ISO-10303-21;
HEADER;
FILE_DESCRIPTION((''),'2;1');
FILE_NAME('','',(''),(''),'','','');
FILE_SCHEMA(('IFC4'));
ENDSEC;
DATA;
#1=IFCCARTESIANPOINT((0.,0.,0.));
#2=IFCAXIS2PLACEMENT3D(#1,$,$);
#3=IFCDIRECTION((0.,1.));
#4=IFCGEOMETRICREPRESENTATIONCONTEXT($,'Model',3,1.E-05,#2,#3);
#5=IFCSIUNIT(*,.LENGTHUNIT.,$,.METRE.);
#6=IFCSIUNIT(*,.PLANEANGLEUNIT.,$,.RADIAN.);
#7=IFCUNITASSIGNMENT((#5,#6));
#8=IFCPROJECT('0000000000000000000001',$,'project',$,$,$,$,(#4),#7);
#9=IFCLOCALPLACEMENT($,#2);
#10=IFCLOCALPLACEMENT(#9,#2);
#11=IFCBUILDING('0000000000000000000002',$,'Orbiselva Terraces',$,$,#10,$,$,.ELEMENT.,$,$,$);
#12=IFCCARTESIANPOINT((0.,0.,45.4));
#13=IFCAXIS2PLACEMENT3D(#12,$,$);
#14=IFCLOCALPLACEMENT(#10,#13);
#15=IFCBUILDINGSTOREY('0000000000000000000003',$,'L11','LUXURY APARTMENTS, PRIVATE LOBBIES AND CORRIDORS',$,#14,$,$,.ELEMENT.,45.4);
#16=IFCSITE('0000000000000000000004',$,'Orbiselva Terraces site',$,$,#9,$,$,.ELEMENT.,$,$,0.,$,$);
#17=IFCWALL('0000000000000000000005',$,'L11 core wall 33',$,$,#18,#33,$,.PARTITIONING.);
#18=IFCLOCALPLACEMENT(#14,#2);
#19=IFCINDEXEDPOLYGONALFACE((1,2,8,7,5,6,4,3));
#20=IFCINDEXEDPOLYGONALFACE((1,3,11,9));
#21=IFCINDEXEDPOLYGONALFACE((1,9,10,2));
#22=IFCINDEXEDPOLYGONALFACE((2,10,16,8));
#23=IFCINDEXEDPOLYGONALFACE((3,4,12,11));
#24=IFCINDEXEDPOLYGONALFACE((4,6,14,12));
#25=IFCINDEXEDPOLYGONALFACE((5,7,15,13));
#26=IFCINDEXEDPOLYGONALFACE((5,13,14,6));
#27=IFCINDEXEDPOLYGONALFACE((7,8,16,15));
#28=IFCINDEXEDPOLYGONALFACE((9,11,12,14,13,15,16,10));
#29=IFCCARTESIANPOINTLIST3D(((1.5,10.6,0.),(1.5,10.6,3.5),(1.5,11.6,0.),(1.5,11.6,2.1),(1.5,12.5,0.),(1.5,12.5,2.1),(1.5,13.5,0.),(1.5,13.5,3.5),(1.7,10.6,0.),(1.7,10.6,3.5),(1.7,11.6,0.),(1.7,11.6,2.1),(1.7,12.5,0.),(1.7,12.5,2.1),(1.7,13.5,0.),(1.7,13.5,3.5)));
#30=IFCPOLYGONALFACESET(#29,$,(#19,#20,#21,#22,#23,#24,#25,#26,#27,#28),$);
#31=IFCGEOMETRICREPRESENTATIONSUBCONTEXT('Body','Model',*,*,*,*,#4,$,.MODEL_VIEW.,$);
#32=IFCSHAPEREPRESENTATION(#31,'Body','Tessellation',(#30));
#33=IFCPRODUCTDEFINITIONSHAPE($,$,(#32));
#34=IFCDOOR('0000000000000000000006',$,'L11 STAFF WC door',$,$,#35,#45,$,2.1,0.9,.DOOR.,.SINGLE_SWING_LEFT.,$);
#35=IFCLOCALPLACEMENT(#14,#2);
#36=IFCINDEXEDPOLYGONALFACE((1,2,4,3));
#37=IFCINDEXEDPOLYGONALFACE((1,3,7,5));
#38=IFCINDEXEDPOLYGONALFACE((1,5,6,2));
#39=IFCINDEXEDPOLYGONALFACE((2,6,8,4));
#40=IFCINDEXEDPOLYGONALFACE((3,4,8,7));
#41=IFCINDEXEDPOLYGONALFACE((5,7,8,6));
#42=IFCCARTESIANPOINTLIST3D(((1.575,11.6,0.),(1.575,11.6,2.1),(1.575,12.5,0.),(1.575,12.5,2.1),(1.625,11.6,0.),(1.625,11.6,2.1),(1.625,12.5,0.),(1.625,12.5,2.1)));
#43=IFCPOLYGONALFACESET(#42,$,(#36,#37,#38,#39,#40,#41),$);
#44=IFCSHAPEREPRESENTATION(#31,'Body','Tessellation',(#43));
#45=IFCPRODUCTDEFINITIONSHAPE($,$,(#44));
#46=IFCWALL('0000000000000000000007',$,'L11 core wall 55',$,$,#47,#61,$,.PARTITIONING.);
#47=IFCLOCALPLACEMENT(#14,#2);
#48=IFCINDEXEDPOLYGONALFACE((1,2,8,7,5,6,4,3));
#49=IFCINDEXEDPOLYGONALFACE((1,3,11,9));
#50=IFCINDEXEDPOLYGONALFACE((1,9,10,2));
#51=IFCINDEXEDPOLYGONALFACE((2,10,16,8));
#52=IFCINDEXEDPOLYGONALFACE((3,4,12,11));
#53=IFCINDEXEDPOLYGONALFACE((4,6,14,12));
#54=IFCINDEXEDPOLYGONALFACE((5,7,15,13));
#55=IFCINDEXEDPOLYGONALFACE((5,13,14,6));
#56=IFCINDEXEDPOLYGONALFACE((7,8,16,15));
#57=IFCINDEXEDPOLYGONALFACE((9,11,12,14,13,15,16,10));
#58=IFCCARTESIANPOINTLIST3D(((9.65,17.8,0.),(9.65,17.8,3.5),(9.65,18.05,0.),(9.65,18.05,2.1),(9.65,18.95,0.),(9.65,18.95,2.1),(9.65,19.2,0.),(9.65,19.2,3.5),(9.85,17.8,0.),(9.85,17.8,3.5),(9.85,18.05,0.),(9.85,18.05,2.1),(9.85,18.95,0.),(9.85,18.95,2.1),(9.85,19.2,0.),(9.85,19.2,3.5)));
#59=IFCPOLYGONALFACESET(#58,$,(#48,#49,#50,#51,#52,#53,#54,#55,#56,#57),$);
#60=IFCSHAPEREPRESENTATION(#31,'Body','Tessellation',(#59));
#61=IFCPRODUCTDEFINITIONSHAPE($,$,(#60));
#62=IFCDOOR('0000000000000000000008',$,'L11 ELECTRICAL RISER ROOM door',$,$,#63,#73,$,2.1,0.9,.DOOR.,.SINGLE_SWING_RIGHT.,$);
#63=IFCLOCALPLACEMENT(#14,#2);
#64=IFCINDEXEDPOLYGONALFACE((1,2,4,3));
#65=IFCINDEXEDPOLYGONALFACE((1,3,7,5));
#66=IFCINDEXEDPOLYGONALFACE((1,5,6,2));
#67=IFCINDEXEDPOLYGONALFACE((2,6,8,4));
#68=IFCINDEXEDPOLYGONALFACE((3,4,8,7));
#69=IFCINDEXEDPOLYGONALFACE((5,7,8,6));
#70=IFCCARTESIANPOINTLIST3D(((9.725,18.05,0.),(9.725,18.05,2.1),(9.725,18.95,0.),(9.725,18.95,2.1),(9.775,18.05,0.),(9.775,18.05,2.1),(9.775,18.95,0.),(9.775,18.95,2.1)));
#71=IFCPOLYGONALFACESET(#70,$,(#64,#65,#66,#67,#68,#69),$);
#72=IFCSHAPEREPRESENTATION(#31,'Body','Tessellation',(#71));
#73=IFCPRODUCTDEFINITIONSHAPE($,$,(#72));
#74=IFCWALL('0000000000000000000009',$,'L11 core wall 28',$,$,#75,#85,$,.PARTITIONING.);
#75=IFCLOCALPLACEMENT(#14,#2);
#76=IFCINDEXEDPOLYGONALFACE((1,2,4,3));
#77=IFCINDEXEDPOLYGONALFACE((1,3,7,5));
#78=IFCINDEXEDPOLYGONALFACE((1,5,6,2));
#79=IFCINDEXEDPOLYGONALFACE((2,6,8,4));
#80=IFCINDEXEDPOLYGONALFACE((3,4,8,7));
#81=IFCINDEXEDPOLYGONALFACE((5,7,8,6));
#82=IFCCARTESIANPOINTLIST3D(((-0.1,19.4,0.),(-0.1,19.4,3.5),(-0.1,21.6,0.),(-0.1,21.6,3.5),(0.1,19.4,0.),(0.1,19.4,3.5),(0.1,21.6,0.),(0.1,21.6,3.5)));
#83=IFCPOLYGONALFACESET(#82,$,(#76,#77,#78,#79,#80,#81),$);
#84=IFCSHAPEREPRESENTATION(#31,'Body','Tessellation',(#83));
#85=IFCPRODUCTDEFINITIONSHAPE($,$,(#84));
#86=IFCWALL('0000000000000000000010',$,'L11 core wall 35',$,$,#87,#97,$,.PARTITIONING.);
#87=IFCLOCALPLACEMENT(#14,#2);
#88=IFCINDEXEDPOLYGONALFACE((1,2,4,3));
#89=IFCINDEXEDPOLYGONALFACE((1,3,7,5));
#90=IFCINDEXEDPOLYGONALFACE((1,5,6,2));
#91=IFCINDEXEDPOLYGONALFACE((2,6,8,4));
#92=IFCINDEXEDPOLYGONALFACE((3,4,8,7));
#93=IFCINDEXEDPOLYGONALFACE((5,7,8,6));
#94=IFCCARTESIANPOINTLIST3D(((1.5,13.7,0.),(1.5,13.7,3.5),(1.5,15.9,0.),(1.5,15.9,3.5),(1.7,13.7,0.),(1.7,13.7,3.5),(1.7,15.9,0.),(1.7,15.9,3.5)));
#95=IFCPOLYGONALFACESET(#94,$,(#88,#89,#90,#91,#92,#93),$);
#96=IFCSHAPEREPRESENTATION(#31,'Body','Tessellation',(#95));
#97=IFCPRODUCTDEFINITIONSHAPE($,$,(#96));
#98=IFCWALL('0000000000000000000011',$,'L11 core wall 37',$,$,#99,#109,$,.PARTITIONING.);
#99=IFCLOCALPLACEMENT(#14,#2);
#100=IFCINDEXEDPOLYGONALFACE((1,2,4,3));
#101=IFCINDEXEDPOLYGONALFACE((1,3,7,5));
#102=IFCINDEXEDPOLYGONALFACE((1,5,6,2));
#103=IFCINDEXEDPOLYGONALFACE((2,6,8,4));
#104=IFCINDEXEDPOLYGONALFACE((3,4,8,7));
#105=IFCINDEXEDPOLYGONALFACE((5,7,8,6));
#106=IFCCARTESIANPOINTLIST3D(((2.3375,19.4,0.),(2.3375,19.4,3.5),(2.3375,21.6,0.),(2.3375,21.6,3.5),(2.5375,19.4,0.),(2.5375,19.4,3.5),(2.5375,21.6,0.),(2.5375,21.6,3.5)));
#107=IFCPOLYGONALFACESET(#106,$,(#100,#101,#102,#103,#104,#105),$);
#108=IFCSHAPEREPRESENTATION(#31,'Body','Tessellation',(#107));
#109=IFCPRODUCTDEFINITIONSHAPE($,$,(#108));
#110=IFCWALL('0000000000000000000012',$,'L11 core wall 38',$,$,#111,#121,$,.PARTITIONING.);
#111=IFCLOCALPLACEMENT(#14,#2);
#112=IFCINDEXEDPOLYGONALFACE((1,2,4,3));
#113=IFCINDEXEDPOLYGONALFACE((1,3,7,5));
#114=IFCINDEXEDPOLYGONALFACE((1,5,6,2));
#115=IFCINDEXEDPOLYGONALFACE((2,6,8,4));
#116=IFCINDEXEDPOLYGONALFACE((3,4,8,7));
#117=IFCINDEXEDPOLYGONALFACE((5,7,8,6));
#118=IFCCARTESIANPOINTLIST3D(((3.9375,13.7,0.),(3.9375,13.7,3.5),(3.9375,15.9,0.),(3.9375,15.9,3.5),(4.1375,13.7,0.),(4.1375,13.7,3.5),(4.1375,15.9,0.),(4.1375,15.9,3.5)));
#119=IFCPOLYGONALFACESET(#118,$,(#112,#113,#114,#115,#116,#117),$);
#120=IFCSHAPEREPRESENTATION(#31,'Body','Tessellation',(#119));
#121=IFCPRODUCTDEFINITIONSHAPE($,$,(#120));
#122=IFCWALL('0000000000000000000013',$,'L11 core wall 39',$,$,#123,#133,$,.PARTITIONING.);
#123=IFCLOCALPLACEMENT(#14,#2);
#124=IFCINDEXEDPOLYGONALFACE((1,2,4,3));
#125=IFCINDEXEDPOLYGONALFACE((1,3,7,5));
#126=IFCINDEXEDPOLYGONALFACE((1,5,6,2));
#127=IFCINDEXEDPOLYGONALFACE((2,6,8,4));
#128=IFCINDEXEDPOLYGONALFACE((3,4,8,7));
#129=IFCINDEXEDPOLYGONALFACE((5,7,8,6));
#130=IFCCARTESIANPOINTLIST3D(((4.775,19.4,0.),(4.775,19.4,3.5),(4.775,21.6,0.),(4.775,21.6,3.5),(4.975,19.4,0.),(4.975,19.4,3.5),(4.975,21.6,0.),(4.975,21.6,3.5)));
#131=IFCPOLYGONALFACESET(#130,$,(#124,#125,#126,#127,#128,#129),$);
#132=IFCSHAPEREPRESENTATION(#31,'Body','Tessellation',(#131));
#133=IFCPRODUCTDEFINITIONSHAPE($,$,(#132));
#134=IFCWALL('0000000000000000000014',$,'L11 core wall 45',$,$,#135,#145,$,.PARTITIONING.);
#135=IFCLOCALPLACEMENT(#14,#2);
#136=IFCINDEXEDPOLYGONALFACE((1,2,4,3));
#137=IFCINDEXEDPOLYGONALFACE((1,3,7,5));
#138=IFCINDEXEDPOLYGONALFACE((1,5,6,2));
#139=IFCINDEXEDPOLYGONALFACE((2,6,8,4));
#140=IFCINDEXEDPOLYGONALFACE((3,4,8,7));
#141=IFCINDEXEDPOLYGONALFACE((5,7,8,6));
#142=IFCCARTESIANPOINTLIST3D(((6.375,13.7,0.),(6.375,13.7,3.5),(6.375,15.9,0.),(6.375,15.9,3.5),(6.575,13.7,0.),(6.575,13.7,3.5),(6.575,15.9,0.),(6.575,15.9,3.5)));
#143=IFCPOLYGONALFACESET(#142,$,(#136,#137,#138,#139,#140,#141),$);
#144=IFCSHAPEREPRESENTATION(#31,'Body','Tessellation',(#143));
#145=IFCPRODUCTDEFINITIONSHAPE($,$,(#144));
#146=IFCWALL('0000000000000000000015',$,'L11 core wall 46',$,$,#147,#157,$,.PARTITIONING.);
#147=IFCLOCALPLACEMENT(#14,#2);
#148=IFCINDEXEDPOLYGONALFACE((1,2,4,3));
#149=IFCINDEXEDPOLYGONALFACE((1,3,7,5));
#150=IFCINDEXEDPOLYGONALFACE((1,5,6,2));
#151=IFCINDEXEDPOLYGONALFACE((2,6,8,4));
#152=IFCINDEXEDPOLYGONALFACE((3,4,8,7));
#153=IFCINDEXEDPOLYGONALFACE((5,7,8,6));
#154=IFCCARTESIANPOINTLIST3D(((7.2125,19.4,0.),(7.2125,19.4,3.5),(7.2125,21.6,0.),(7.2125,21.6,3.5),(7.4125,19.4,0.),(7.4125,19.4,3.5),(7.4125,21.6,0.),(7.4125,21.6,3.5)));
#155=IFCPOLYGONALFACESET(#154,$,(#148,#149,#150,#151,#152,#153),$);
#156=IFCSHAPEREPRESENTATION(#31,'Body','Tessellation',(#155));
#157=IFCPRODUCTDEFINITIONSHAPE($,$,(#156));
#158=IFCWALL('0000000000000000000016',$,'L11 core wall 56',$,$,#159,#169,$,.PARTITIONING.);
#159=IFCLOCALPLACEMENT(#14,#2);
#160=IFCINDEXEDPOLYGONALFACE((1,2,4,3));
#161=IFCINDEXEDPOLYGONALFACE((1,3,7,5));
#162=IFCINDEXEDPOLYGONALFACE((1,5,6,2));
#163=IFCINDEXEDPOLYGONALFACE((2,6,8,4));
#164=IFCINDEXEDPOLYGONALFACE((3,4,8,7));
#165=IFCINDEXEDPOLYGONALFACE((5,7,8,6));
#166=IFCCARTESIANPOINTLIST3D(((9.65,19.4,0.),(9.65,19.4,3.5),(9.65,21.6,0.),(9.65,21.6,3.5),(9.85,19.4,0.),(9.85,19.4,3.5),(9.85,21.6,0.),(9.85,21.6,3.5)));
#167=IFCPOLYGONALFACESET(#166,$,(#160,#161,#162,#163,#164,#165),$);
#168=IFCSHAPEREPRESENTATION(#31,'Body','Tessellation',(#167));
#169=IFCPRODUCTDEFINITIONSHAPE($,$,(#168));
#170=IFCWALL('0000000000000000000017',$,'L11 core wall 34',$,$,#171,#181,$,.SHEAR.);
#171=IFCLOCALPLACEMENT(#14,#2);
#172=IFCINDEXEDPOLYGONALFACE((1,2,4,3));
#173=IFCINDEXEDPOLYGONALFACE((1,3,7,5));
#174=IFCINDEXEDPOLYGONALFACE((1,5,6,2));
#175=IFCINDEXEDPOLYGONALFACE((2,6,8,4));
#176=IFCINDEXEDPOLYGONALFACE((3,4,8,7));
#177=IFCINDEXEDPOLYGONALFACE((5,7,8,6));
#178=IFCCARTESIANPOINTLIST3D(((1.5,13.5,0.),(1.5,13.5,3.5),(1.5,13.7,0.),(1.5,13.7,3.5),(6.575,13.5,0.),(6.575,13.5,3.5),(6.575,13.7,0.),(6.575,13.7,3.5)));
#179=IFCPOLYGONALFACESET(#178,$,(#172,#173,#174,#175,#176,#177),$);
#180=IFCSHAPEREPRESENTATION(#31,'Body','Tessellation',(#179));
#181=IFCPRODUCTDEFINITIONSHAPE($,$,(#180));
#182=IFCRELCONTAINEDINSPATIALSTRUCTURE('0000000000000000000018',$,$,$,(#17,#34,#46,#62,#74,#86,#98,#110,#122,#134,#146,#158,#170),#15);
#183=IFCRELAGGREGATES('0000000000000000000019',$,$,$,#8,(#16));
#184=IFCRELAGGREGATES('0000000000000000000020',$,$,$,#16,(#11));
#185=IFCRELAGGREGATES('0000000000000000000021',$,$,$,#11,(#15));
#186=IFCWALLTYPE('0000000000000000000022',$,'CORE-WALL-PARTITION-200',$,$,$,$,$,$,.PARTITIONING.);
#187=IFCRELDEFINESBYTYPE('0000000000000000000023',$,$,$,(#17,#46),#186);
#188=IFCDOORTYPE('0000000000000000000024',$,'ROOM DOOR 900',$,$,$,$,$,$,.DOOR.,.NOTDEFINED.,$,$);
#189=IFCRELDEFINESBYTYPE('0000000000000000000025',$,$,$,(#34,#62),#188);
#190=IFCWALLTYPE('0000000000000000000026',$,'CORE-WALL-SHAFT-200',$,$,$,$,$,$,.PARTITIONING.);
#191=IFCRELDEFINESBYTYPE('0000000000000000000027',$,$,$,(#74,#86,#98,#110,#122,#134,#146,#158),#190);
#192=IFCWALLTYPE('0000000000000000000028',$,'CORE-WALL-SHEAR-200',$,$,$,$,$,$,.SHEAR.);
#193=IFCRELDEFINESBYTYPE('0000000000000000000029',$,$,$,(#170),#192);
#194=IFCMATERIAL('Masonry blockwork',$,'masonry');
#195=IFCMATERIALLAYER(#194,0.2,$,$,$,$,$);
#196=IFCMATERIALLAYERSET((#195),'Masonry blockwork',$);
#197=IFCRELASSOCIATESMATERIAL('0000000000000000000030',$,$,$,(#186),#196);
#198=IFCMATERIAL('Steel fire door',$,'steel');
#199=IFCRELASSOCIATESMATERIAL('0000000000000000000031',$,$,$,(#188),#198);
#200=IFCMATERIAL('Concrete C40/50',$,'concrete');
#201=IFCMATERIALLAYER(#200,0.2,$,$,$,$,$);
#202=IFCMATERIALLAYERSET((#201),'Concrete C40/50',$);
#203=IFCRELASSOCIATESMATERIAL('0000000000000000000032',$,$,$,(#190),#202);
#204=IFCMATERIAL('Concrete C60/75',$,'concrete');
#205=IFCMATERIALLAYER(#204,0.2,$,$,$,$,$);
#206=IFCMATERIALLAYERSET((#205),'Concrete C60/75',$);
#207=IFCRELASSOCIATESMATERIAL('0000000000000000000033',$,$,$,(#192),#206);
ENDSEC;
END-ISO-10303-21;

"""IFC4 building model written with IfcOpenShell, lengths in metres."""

from ifc_helpers import new_model, si_unit, direction, frame, frame_2d, origin, place, context, subcontext, project, spatial, rectangle, extrude, material, layer, layer_set, type_object, element, fill, save


model = new_model("IFC4")

# Units and contexts
model_context = context("Model", 3, precision=1e-05, world=origin(), true_north=direction((0.0, 1.0)))
body_context = subcontext(model_context, "Body", "Model", "MODEL_VIEW")
ifc_project = project(units=[si_unit("LENGTHUNIT", "METRE"), si_unit("PLANEANGLEUNIT", "RADIAN")], contexts=[model_context])

# Site, building, storey
site_placement = place(None, origin())
site = spatial("IfcSite", under=ifc_project, at=site_placement, Name="Orbiselva Terraces site", CompositionType="ELEMENT", RefElevation=0.0)
building_placement = place(site_placement, origin())
building = spatial("IfcBuilding", under=site, at=building_placement, Name="Orbiselva Terraces", CompositionType="ELEMENT")
storey_placement = place(building_placement, frame((0.0, 0.0, 45.4)))
storey = spatial("IfcBuildingStorey", under=building, at=storey_placement, Name="L11", Description="LUXURY APARTMENTS, PRIVATE LOBBIES AND CORRIDORS", CompositionType="ELEMENT", Elevation=45.4)

# Walls, openings, doors
ifc_material_1 = material(Name="Masonry blockwork", Category="masonry")
ifc_layer_1 = layer(ifc_material_1, 0.2)
ifc_layer_set_1 = layer_set([ifc_layer_1], Name="Masonry blockwork")
wall_type_1 = type_object("IfcWallType", Name="CORE-WALL-PARTITION-200", PredefinedType="PARTITIONING", material=ifc_layer_set_1)
wall_1_placement = place(storey_placement, frame((1.6, 13.5, 0.0), z_axis=(0.0, 0.0, 1.0), x_axis=(0.0, -1.0, 0.0)))
wall_1 = element("IfcWall", 1, at=wall_1_placement, inside=storey, type_object=wall_type_1, Name="L11 core wall 33", PredefinedType="PARTITIONING", context=body_context, shape_type="SweptSolid", body=[
    extrude(rectangle(XDim=2.9, YDim=0.2, at=frame_2d((1.45, 0.0))), origin(), (0.0, 0.0, 1.0), 3.5),
])
opening_1_placement = place(wall_1_placement, frame((1.0, 0.0, 0.0)))
opening_1 = element("IfcOpeningElement", 2, at=opening_1_placement, cuts=wall_1, PredefinedType="OPENING", context=body_context, shape_type="SweptSolid", body=[
    extrude(rectangle(XDim=0.9, YDim=2.1, at=frame_2d((0.45, 1.05))), frame((0.0, 0.11, 0.0), z_axis=(0.0, -1.0, 0.0), x_axis=(1.0, 0.0, 0.0)), (0.0, 0.0, 1.0), 0.22),
])
ifc_material_2 = material(Name="Steel fire door", Category="steel")
door_type = type_object("IfcDoorType", Name="ROOM DOOR 900", OperationType="NOTDEFINED", PredefinedType="DOOR", material=ifc_material_2)
door_1_placement = place(opening_1_placement, origin())
door_1 = element("IfcDoor", 3, at=door_1_placement, inside=storey, type_object=door_type, Name="L11 STAFF WC door", OperationType="SINGLE_SWING_LEFT", OverallHeight=2.1, OverallWidth=0.9, PredefinedType="DOOR", context=body_context, shape_type="SweptSolid", body=[
    extrude(rectangle(XDim=0.9, YDim=2.1, at=frame_2d((0.45, 1.05))), frame((0.0, 0.025, 0.0), z_axis=(0.0, -1.0, 0.0), x_axis=(1.0, 0.0, 0.0)), (0.0, 0.0, 1.0), 0.05),
])
fill(opening_1, door_1)
wall_2_placement = place(storey_placement, frame((9.75, 19.2, 0.0), z_axis=(0.0, 0.0, 1.0), x_axis=(0.0, -1.0, 0.0)))
wall_2 = element("IfcWall", 4, at=wall_2_placement, inside=storey, type_object=wall_type_1, Name="L11 core wall 55", PredefinedType="PARTITIONING", context=body_context, shape_type="SweptSolid", body=[
    extrude(rectangle(XDim=1.4, YDim=0.2, at=frame_2d((0.7, 0.0))), origin(), (0.0, 0.0, 1.0), 3.5),
])
opening_2_placement = place(wall_2_placement, frame((0.25, 0.0, 0.0)))
opening_2 = element("IfcOpeningElement", 5, at=opening_2_placement, cuts=wall_2, PredefinedType="OPENING", context=body_context, shape_type="SweptSolid", body=[
    extrude(rectangle(XDim=0.9, YDim=2.1, at=frame_2d((0.45, 1.05))), frame((0.0, 0.11, 0.0), z_axis=(0.0, -1.0, 0.0), x_axis=(1.0, 0.0, 0.0)), (0.0, 0.0, 1.0), 0.22),
])
door_2_placement = place(opening_2_placement, origin())
door_2 = element("IfcDoor", 6, at=door_2_placement, inside=storey, type_object=door_type, Name="L11 ELECTRICAL RISER ROOM door", OperationType="SINGLE_SWING_RIGHT", OverallHeight=2.1, OverallWidth=0.9, PredefinedType="DOOR", context=body_context, shape_type="SweptSolid", body=[
    extrude(rectangle(XDim=0.9, YDim=2.1, at=frame_2d((0.45, 1.05))), frame((0.0, 0.025, 0.0), z_axis=(0.0, -1.0, 0.0), x_axis=(1.0, 0.0, 0.0)), (0.0, 0.0, 1.0), 0.05),
])
fill(opening_2, door_2)

# Walls
ifc_material_3 = material(Name="Concrete C40/50", Category="concrete")
ifc_layer_2 = layer(ifc_material_3, 0.2)
ifc_layer_set_2 = layer_set([ifc_layer_2], Name="Concrete C40/50")
wall_type_2 = type_object("IfcWallType", Name="CORE-WALL-SHAFT-200", PredefinedType="PARTITIONING", material=ifc_layer_set_2)
for number, where, z_axis, x_axis, name in (
    (7, (0.0, 19.4, 0.0), (0.0, 0.0, 1.0), (0.0, 1.0, 0.0), "L11 core wall 28"),
    (8, (1.6, 13.7, 0.0), (0.0, 0.0, 1.0), (0.0, 1.0, 0.0), "L11 core wall 35"),
    (9, (2.4375, 19.4, 0.0), (0.0, 0.0, 1.0), (0.0, 1.0, 0.0), "L11 core wall 37"),
    (10, (4.0375, 13.7, 0.0), (0.0, 0.0, 1.0), (0.0, 1.0, 0.0), "L11 core wall 38"),
    (11, (4.875, 19.4, 0.0), (0.0, 0.0, 1.0), (0.0, 1.0, 0.0), "L11 core wall 39"),
    (12, (6.475, 13.7, 0.0), (0.0, 0.0, 1.0), (0.0, 1.0, 0.0), "L11 core wall 45"),
    (13, (7.3125, 19.4, 0.0), (0.0, 0.0, 1.0), (0.0, 1.0, 0.0), "L11 core wall 46"),
    (14, (9.75, 19.4, 0.0), (0.0, 0.0, 1.0), (0.0, 1.0, 0.0), "L11 core wall 56"),
):
    element("IfcWall", number, at=place(storey_placement, frame(where, z_axis=z_axis, x_axis=x_axis)), inside=storey, type_object=wall_type_2, Name=name, PredefinedType="PARTITIONING", context=body_context, shape_type="SweptSolid", body=[
        extrude(rectangle(XDim=2.2, YDim=0.2, at=frame_2d((1.1, 0.0))), origin(), (0.0, 0.0, 1.0), 3.5),
    ])
ifc_material_4 = material(Name="Concrete C60/75", Category="concrete")
ifc_layer_3 = layer(ifc_material_4, 0.2)
ifc_layer_set_3 = layer_set([ifc_layer_3], Name="Concrete C60/75")
wall_type_3 = type_object("IfcWallType", Name="CORE-WALL-SHEAR-200", PredefinedType="SHEAR", material=ifc_layer_set_3)
wall_3_placement = place(storey_placement, frame((1.5, 13.6, 0.0), z_axis=(0.0, 0.0, 1.0), x_axis=(1.0, 0.0, 0.0)))
element("IfcWall", 15, at=wall_3_placement, inside=storey, type_object=wall_type_3, Name="L11 core wall 34", PredefinedType="SHEAR", context=body_context, shape_type="SweptSolid", body=[
    extrude(rectangle(XDim=5.075, YDim=0.2, at=frame_2d((2.5375, 0.0))), origin(), (0.0, 0.0, 1.0), 3.5),
])

save(model, "model.ifc")
